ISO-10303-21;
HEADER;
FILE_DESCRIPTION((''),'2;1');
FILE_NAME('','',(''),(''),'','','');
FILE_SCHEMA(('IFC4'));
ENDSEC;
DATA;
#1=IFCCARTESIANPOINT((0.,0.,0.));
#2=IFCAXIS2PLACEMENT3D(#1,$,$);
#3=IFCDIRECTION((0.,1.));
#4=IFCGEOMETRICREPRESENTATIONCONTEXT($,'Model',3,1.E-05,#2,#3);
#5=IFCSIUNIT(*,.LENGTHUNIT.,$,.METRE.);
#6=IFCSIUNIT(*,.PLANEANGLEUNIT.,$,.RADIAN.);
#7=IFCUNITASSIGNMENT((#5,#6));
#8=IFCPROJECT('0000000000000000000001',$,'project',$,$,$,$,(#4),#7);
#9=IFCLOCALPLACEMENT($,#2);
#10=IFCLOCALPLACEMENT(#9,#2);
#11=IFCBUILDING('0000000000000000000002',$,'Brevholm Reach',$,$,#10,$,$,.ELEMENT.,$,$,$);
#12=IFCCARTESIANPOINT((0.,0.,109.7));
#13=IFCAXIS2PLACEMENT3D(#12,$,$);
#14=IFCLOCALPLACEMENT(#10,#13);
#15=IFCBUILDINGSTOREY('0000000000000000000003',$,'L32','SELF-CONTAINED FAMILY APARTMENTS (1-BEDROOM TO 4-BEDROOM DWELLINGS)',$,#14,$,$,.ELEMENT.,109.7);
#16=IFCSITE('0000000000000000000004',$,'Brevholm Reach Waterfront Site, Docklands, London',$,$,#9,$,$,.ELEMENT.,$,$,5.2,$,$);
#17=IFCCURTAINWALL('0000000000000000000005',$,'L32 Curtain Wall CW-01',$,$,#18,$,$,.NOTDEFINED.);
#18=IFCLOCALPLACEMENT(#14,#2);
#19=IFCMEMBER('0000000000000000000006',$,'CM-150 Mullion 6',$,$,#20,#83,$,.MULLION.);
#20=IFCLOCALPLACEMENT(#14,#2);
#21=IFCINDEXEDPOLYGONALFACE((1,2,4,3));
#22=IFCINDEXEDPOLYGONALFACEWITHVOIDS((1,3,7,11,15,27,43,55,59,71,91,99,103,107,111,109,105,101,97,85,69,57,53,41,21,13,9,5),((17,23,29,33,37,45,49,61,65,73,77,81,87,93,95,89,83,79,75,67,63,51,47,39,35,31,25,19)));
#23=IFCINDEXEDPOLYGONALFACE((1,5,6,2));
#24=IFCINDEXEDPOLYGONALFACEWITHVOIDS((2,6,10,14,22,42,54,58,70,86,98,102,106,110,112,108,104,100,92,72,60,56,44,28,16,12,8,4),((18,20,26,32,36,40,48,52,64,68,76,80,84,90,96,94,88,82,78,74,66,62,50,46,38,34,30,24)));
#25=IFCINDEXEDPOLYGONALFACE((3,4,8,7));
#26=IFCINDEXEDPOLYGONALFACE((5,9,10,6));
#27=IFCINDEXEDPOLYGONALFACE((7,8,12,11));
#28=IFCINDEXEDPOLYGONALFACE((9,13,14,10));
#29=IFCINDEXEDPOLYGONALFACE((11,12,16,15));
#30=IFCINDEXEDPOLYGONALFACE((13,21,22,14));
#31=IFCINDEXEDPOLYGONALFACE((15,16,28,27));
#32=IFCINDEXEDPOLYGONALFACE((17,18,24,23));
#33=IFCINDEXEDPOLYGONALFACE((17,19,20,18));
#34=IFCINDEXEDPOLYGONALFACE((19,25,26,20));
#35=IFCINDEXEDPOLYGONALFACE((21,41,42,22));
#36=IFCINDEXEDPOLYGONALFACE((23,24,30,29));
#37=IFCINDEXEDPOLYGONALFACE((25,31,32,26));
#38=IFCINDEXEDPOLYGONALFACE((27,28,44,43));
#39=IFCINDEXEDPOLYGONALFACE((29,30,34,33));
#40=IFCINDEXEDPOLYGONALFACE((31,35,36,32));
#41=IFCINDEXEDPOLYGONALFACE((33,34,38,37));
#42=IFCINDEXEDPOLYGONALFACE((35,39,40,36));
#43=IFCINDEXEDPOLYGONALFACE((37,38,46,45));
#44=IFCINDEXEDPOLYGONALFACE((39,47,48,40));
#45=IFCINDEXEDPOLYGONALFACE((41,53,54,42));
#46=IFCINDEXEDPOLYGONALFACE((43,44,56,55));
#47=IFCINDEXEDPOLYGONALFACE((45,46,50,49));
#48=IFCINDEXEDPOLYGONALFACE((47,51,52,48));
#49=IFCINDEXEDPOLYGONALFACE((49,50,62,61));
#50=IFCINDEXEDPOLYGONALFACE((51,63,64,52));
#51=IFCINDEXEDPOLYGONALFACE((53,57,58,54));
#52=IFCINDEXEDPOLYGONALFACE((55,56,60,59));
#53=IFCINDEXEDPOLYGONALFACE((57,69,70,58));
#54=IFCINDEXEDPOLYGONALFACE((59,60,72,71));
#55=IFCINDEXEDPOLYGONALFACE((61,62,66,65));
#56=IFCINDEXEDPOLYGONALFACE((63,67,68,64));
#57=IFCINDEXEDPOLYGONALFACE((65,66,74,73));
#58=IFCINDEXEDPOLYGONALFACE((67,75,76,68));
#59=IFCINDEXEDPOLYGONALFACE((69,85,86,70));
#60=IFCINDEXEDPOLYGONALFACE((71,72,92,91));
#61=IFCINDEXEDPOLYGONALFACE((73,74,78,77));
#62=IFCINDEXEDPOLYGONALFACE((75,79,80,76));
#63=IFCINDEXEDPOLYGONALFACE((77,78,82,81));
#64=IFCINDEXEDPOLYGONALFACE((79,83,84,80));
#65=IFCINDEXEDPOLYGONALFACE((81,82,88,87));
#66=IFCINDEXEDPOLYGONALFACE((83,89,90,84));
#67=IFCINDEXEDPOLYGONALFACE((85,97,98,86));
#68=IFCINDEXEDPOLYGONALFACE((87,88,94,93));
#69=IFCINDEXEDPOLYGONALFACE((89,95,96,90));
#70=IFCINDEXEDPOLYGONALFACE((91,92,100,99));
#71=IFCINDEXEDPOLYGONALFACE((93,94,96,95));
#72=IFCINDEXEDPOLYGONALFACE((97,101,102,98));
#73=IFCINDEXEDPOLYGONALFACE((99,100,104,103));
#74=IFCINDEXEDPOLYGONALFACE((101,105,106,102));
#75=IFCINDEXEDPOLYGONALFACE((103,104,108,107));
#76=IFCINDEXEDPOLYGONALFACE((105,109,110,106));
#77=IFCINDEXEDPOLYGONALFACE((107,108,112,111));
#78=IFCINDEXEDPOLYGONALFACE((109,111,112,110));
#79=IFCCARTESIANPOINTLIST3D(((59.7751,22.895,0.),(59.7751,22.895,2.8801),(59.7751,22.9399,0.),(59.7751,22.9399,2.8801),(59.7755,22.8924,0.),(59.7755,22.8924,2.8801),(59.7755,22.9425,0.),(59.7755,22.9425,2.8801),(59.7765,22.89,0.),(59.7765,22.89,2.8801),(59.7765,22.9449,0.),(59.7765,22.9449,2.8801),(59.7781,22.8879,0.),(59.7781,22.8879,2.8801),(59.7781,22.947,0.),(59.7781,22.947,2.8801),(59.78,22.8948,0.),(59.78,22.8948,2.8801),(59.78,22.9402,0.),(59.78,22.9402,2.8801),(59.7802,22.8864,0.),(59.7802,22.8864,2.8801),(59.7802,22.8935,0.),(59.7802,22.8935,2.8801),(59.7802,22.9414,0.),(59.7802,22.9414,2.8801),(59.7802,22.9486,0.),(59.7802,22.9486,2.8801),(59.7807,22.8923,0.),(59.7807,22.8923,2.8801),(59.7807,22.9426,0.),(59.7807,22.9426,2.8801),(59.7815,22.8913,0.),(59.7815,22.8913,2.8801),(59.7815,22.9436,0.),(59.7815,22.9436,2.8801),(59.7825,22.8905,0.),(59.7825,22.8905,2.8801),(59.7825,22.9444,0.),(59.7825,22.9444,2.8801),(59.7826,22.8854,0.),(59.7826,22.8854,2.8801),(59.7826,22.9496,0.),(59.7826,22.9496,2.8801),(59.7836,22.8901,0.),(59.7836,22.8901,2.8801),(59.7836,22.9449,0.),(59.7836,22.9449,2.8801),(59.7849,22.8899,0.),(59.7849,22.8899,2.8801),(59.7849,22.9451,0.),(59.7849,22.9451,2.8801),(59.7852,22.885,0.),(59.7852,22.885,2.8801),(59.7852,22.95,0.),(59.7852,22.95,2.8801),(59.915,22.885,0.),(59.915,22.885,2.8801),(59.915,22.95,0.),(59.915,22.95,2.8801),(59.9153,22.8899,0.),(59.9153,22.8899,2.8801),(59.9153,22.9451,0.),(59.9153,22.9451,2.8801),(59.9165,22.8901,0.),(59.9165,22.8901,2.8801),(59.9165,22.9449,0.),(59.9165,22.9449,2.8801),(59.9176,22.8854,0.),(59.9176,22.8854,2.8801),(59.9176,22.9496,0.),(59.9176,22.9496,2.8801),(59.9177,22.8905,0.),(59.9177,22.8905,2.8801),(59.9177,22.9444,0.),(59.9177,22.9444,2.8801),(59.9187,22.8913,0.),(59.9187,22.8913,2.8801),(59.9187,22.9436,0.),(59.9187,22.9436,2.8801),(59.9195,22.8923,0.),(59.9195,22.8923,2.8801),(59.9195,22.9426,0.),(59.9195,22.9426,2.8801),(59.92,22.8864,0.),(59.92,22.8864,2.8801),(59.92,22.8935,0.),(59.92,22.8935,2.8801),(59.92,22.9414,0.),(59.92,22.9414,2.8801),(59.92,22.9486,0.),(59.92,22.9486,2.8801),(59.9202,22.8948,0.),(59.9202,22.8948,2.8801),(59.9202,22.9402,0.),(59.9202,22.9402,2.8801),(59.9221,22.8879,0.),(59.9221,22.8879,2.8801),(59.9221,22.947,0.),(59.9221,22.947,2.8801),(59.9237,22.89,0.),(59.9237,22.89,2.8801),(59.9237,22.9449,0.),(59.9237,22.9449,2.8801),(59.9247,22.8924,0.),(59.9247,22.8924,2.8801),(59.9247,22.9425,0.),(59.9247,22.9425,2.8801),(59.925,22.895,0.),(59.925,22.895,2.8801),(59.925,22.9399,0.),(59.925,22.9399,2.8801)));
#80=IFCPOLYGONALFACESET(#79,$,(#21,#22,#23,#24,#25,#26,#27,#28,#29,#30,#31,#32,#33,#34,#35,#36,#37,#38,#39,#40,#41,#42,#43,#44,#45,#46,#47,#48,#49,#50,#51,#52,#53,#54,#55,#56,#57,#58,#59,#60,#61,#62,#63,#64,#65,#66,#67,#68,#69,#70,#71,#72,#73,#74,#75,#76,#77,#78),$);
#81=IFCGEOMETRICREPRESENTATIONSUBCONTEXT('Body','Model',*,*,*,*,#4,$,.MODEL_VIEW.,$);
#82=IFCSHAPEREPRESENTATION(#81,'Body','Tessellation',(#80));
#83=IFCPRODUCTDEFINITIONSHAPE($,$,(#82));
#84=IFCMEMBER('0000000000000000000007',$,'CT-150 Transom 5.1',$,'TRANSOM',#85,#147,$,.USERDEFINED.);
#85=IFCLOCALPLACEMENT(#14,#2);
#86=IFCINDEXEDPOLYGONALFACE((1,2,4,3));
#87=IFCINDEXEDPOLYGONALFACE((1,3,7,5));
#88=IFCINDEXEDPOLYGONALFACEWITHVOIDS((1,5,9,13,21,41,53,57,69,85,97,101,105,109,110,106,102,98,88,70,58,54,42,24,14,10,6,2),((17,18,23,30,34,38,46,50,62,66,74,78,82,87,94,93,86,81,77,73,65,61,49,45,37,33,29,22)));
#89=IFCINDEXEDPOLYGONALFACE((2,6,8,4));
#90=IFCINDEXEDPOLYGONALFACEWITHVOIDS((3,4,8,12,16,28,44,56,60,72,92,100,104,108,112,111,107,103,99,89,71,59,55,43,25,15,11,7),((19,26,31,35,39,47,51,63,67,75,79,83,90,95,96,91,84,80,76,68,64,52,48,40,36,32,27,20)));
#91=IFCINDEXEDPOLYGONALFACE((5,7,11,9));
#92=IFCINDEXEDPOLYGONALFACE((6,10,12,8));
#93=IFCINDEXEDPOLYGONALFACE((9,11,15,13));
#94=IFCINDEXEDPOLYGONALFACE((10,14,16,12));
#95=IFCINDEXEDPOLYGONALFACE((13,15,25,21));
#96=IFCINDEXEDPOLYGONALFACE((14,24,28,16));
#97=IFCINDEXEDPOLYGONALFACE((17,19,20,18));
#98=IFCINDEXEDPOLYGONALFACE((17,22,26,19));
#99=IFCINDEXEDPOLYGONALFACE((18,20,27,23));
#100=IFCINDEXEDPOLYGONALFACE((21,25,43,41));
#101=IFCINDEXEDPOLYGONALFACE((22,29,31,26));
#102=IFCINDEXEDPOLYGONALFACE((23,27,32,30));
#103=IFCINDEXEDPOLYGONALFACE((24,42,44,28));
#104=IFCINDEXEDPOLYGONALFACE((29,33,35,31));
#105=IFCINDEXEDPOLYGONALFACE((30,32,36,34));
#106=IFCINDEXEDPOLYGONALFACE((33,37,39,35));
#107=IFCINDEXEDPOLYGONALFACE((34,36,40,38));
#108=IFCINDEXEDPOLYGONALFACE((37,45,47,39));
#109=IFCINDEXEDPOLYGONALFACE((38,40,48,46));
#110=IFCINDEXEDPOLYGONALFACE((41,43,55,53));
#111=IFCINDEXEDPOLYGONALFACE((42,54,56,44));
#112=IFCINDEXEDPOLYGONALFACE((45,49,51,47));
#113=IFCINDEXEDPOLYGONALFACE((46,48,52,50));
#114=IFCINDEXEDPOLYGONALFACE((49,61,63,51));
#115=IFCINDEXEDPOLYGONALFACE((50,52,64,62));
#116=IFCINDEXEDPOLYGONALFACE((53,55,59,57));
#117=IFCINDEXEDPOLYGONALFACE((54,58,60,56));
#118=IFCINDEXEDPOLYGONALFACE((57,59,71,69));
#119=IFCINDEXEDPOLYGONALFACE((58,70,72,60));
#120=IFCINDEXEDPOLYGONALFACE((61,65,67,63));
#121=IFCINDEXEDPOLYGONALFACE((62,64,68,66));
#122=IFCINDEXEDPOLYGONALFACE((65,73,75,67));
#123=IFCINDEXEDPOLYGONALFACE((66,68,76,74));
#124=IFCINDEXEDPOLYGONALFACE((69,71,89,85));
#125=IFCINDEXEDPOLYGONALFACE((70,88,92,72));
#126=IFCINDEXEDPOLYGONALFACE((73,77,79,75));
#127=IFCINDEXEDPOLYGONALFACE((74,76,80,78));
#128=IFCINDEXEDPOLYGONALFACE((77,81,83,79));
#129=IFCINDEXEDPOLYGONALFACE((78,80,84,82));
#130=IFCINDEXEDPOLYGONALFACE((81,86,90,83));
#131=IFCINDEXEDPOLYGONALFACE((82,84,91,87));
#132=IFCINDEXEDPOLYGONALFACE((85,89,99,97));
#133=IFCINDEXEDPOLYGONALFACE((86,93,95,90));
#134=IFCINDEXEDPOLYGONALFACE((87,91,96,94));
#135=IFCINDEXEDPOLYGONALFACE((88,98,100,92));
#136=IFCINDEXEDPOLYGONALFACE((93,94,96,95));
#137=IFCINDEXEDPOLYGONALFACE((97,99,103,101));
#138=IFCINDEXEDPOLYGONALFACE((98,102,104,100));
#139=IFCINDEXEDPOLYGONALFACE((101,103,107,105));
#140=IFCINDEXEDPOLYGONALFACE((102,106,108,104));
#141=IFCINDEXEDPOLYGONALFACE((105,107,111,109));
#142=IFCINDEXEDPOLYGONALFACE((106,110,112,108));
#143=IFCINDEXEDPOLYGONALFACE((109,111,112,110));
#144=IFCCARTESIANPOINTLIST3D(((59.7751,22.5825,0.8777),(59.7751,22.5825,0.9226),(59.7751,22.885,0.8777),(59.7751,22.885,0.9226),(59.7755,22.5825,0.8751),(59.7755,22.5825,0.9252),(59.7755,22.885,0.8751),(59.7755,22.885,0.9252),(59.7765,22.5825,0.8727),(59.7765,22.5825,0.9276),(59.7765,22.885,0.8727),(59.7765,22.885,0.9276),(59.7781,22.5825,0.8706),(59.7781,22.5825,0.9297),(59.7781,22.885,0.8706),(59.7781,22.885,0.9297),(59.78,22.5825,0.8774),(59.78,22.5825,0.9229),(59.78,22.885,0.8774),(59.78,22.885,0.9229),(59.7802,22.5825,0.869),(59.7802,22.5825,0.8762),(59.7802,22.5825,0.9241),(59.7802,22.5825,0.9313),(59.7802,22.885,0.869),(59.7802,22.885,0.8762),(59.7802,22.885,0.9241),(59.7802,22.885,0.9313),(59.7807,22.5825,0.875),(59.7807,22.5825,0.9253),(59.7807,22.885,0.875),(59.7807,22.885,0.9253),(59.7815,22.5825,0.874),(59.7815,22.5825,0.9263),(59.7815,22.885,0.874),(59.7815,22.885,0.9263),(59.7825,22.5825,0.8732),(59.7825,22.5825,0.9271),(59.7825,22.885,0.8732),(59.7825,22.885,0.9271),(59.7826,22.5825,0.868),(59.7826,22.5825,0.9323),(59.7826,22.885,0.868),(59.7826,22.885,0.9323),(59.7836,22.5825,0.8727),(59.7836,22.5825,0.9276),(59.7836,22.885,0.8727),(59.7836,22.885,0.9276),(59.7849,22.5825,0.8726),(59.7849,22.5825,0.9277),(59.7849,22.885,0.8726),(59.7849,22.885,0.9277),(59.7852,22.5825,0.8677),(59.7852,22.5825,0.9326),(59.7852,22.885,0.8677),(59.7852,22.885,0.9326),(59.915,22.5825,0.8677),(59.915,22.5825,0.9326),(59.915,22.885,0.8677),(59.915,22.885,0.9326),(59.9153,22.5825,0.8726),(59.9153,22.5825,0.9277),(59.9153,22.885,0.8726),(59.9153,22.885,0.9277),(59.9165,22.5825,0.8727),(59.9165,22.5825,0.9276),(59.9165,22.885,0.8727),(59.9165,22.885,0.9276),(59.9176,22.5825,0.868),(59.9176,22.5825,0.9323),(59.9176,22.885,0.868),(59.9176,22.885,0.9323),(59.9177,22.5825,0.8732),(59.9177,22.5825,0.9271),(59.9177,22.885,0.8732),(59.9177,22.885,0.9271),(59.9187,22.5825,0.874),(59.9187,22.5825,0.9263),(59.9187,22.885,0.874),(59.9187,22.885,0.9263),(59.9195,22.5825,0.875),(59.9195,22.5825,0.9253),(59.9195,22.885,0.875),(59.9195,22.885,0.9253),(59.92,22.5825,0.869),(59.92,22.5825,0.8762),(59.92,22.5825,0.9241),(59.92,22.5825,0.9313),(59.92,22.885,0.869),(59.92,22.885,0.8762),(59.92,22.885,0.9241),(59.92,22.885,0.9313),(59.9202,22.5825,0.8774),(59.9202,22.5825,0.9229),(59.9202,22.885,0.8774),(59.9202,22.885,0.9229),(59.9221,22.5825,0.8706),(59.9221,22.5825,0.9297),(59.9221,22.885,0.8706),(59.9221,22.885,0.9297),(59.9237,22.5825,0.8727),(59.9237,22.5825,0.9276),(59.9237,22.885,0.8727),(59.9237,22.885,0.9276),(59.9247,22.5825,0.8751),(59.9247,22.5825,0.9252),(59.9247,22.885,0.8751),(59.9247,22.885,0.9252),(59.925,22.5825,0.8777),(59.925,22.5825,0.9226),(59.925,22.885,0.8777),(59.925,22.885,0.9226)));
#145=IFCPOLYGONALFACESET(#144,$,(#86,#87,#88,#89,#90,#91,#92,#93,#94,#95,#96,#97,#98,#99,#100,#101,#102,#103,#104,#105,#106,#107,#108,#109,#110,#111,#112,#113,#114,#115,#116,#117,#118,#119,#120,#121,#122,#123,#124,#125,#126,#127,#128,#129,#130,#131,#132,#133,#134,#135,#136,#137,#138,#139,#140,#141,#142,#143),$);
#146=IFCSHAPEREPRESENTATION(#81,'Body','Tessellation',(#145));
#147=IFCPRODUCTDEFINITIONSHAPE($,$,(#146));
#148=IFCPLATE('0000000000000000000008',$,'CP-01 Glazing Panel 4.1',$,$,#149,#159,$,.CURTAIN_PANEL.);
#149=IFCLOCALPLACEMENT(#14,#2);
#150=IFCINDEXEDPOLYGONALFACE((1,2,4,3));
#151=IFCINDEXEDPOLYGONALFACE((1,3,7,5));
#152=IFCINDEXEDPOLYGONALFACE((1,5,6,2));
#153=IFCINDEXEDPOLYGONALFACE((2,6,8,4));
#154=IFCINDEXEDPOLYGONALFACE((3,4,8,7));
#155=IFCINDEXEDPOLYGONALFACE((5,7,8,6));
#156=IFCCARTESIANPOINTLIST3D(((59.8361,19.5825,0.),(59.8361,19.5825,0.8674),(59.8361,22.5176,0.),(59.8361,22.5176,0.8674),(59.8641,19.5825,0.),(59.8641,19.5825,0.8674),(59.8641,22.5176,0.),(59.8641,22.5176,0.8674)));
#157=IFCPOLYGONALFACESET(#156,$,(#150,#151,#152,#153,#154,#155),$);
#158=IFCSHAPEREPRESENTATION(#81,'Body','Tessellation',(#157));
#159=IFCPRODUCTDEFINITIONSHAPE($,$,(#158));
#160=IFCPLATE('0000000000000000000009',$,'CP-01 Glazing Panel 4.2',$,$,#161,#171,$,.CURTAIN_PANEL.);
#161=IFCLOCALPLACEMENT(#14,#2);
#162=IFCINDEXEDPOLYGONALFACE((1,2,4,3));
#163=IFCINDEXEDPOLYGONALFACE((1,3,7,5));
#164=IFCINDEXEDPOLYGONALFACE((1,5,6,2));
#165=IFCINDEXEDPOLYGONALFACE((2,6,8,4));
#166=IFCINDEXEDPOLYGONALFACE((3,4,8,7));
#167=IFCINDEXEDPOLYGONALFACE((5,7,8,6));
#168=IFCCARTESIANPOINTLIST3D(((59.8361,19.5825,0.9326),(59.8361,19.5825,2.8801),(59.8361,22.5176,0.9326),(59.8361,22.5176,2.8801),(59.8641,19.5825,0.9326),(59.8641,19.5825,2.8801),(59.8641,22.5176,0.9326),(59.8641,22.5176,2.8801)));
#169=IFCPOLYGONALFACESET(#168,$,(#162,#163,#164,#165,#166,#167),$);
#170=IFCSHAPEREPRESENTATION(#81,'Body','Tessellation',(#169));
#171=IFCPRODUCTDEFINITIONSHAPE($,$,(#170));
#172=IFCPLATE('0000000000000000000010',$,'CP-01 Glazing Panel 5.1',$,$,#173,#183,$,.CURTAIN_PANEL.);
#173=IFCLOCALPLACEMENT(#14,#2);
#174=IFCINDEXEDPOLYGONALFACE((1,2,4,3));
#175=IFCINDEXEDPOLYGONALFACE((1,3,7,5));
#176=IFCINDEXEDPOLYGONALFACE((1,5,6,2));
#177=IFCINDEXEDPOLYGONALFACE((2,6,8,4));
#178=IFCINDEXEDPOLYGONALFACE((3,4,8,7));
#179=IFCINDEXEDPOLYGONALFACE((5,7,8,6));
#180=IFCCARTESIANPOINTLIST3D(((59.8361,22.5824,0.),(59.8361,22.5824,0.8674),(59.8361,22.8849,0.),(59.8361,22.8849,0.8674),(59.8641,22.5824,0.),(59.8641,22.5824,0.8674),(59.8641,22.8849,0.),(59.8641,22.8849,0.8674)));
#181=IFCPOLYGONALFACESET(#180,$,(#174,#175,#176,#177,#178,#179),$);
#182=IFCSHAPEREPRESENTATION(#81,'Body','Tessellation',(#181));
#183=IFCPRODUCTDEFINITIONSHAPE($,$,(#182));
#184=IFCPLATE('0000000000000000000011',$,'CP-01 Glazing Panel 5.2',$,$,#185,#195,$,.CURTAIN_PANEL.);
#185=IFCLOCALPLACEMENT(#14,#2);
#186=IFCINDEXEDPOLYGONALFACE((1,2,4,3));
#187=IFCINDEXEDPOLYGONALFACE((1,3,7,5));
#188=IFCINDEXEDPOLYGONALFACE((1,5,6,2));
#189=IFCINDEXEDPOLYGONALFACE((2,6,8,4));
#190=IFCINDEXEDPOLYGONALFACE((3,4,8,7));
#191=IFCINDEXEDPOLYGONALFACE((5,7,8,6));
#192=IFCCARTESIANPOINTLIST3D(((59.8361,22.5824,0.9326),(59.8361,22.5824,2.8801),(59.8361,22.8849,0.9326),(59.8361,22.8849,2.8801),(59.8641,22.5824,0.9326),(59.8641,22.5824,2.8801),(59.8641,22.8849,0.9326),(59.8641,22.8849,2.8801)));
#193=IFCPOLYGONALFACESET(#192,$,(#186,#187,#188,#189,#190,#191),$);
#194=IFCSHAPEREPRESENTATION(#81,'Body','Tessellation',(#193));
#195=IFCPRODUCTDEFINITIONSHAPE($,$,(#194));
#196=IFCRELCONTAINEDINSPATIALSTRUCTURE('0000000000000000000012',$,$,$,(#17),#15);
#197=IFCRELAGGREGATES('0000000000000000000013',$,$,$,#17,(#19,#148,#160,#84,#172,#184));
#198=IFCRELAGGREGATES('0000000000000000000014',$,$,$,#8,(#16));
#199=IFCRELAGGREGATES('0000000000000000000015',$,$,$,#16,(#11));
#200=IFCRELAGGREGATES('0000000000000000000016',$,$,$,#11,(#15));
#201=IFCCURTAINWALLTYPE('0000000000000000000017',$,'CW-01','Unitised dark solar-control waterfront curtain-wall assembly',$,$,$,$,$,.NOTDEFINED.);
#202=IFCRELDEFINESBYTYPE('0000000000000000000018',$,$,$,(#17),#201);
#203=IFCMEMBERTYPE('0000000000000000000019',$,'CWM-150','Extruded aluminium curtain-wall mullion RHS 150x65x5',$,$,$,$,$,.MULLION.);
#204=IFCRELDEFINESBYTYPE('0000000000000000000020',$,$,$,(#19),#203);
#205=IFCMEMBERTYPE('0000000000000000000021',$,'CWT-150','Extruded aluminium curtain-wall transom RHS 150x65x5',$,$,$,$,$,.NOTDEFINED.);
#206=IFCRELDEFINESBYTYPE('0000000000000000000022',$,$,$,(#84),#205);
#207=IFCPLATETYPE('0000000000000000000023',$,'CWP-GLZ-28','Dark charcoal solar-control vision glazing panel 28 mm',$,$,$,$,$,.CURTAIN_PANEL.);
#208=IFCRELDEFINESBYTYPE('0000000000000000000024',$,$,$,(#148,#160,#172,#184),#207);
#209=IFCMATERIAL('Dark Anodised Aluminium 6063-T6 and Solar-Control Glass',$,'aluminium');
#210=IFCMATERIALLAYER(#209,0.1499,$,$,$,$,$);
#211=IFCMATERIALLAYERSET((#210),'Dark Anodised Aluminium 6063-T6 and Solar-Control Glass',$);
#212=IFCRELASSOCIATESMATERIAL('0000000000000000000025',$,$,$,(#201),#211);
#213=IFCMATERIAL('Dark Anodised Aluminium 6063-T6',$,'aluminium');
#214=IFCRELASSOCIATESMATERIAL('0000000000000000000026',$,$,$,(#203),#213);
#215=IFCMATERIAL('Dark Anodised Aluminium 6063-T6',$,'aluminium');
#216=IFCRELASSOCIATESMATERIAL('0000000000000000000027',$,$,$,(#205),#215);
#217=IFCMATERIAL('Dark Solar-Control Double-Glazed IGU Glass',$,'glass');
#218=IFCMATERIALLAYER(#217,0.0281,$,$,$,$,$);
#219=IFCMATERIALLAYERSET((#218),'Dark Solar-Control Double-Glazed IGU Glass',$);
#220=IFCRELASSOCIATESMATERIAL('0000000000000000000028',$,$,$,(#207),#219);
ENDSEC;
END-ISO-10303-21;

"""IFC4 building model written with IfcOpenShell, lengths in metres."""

from ifc_helpers import new_model, si_unit, direction, frame, origin, origin_2d, place, context, subcontext, project, spatial, rectangle, hollow_rectangle, extrude, material, layer, layer_set, material_profile, profile_set, type_object, element, aggregate, save


model = new_model("IFC4")

# Units and contexts
model_context = context("Model", 3, precision=1e-05, world=origin(), true_north=direction((0.0, 1.0)))
body_context = subcontext(model_context, "Body", "Model", "MODEL_VIEW")
ifc_project = project(units=[si_unit("LENGTHUNIT", "METRE"), si_unit("PLANEANGLEUNIT", "RADIAN")], contexts=[model_context])

# Site, building, storey
site_placement = place(None, origin())
site = spatial("IfcSite", under=ifc_project, at=site_placement, Name="Brevholm Reach Waterfront Site, Docklands, London", CompositionType="ELEMENT", RefElevation=5.2)
building_placement = place(site_placement, origin())
building = spatial("IfcBuilding", under=site, at=building_placement, Name="Brevholm Reach", CompositionType="ELEMENT")
storey_placement = place(building_placement, frame((0.0, 0.0, 109.7)))
storey = spatial("IfcBuildingStorey", under=building, at=storey_placement, Name="L32", Description="SELF-CONTAINED FAMILY APARTMENTS (1-BEDROOM TO 4-BEDROOM DWELLINGS)", CompositionType="ELEMENT", Elevation=109.7)

# Curtain wall, members, plates
ifc_material_1 = material(Name="Dark Anodised Aluminium 6063-T6 and Solar-Control Glass", Category="aluminium")
ifc_layer_1 = layer(ifc_material_1, 0.1499)
ifc_layer_set_1 = layer_set([ifc_layer_1], Name="Dark Anodised Aluminium 6063-T6 and Solar-Control Glass")
curtain_wall_type = type_object("IfcCurtainWallType", Name="CW-01", Description="Unitised dark solar-control waterfront curtain-wall assembly", PredefinedType="NOTDEFINED", material=ifc_layer_set_1)
curtain_wall_placement = place(storey_placement, origin())
curtain_wall = element("IfcCurtainWall", 1, at=curtain_wall_placement, inside=storey, type_object=curtain_wall_type, Name="L32 Curtain Wall CW-01", PredefinedType="NOTDEFINED")
ifc_material_2 = material(Name="Dark Anodised Aluminium 6063-T6", Category="aluminium")
ifc_material_profile_1 = material_profile(ifc_material_2, hollow_rectangle(XDim=0.0649, YDim=0.1499, WallThickness=0.0049, InnerFilletRadius=0.0049, OuterFilletRadius=0.01, at=origin_2d()), Name="RHS 150x65x5")
ifc_profile_set_1 = profile_set([ifc_material_profile_1], Name="Dark Anodised Aluminium 6063-T6")
member_type_1 = type_object("IfcMemberType", Name="CWM-150", Description="Extruded aluminium curtain-wall mullion RHS 150x65x5", PredefinedType="MULLION", material=ifc_profile_set_1)
member_1_placement = place(storey_placement, frame((59.8501, 22.9175, 0.0), z_axis=(0.0, 0.0, 1.0), x_axis=(0.0, 1.0, 0.0)))
member_1 = element("IfcMember", 2, at=member_1_placement, type_object=member_type_1, Name="CM-150 Mullion 6", PredefinedType="MULLION", context=body_context, shape_type="SweptSolid", body=[
    extrude(hollow_rectangle(XDim=0.0649, YDim=0.1499, WallThickness=0.0049, InnerFilletRadius=0.0049, OuterFilletRadius=0.01, at=origin_2d()), origin(), (0.0, 0.0, 1.0), 2.8801),
])
ifc_material_3 = material(Name="Dark Anodised Aluminium 6063-T6", Category="aluminium")
ifc_material_profile_2 = material_profile(ifc_material_3, hollow_rectangle(XDim=0.0649, YDim=0.1499, WallThickness=0.0049, InnerFilletRadius=0.0049, OuterFilletRadius=0.01, at=origin_2d()), Name="RHS 150x65x5")
ifc_profile_set_2 = profile_set([ifc_material_profile_2], Name="Dark Anodised Aluminium 6063-T6")
member_type_2 = type_object("IfcMemberType", Name="CWT-150", Description="Extruded aluminium curtain-wall transom RHS 150x65x5", PredefinedType="NOTDEFINED", material=ifc_profile_set_2)
member_2_placement = place(storey_placement, frame((59.8501, 22.5825, 0.9001), z_axis=(0.0, 1.0, 0.0), x_axis=(0.0, 0.0, 1.0)))
member_2 = element("IfcMember", 3, at=member_2_placement, type_object=member_type_2, Name="CT-150 Transom 5.1", ObjectType="TRANSOM", PredefinedType="USERDEFINED", context=body_context, shape_type="SweptSolid", body=[
    extrude(hollow_rectangle(XDim=0.0649, YDim=0.1499, WallThickness=0.0049, InnerFilletRadius=0.0049, OuterFilletRadius=0.01, at=origin_2d()), origin(), (0.0, 0.0, 1.0), 0.3025),
])
ifc_material_4 = material(Name="Dark Solar-Control Double-Glazed IGU Glass", Category="glass")
ifc_layer_2 = layer(ifc_material_4, 0.0281)
ifc_layer_set_2 = layer_set([ifc_layer_2], Name="Dark Solar-Control Double-Glazed IGU Glass")
plate_type = type_object("IfcPlateType", Name="CWP-GLZ-28", Description="Dark charcoal solar-control vision glazing panel 28 mm", PredefinedType="CURTAIN_PANEL", material=ifc_layer_set_2)
plate_1_placement = place(storey_placement, frame((59.8501, 21.05, 0.0), z_axis=(0.0, 0.0, 1.0), x_axis=(0.0, 1.0, 0.0)))
plate_1 = element("IfcPlate", 4, at=plate_1_placement, type_object=plate_type, Name="CP-01 Glazing Panel 4.1", PredefinedType="CURTAIN_PANEL", context=body_context, shape_type="SweptSolid", body=[
    extrude(rectangle(XDim=2.9351, YDim=0.0281, at=origin_2d()), origin(), (0.0, 0.0, 1.0), 0.8674),
])
plate_2_placement = place(storey_placement, frame((59.8501, 21.05, 0.9326), z_axis=(0.0, 0.0, 1.0), x_axis=(0.0, 1.0, 0.0)))
plate_2 = element("IfcPlate", 5, at=plate_2_placement, type_object=plate_type, Name="CP-01 Glazing Panel 4.2", PredefinedType="CURTAIN_PANEL", context=body_context, shape_type="SweptSolid", body=[
    extrude(rectangle(XDim=2.9351, YDim=0.0281, at=origin_2d()), origin(), (0.0, 0.0, 1.0), 1.9475),
])
plate_3_placement = place(storey_placement, frame((59.8501, 22.7336, 0.0), z_axis=(0.0, 0.0, 1.0), x_axis=(0.0, 1.0, 0.0)))
plate_3 = element("IfcPlate", 6, at=plate_3_placement, type_object=plate_type, Name="CP-01 Glazing Panel 5.1", PredefinedType="CURTAIN_PANEL", context=body_context, shape_type="SweptSolid", body=[
    extrude(rectangle(XDim=0.3025, YDim=0.0281, at=origin_2d()), origin(), (0.0, 0.0, 1.0), 0.8674),
])
plate_4_placement = place(storey_placement, frame((59.8501, 22.7336, 0.9326), z_axis=(0.0, 0.0, 1.0), x_axis=(0.0, 1.0, 0.0)))
plate_4 = element("IfcPlate", 7, at=plate_4_placement, type_object=plate_type, Name="CP-01 Glazing Panel 5.2", PredefinedType="CURTAIN_PANEL", context=body_context, shape_type="SweptSolid", body=[
    extrude(rectangle(XDim=0.3025, YDim=0.0281, at=origin_2d()), origin(), (0.0, 0.0, 1.0), 1.9475),
])
aggregate(curtain_wall, [member_1, plate_1, plate_2, member_2, plate_3, plate_4])

save(model, "model.ifc")
